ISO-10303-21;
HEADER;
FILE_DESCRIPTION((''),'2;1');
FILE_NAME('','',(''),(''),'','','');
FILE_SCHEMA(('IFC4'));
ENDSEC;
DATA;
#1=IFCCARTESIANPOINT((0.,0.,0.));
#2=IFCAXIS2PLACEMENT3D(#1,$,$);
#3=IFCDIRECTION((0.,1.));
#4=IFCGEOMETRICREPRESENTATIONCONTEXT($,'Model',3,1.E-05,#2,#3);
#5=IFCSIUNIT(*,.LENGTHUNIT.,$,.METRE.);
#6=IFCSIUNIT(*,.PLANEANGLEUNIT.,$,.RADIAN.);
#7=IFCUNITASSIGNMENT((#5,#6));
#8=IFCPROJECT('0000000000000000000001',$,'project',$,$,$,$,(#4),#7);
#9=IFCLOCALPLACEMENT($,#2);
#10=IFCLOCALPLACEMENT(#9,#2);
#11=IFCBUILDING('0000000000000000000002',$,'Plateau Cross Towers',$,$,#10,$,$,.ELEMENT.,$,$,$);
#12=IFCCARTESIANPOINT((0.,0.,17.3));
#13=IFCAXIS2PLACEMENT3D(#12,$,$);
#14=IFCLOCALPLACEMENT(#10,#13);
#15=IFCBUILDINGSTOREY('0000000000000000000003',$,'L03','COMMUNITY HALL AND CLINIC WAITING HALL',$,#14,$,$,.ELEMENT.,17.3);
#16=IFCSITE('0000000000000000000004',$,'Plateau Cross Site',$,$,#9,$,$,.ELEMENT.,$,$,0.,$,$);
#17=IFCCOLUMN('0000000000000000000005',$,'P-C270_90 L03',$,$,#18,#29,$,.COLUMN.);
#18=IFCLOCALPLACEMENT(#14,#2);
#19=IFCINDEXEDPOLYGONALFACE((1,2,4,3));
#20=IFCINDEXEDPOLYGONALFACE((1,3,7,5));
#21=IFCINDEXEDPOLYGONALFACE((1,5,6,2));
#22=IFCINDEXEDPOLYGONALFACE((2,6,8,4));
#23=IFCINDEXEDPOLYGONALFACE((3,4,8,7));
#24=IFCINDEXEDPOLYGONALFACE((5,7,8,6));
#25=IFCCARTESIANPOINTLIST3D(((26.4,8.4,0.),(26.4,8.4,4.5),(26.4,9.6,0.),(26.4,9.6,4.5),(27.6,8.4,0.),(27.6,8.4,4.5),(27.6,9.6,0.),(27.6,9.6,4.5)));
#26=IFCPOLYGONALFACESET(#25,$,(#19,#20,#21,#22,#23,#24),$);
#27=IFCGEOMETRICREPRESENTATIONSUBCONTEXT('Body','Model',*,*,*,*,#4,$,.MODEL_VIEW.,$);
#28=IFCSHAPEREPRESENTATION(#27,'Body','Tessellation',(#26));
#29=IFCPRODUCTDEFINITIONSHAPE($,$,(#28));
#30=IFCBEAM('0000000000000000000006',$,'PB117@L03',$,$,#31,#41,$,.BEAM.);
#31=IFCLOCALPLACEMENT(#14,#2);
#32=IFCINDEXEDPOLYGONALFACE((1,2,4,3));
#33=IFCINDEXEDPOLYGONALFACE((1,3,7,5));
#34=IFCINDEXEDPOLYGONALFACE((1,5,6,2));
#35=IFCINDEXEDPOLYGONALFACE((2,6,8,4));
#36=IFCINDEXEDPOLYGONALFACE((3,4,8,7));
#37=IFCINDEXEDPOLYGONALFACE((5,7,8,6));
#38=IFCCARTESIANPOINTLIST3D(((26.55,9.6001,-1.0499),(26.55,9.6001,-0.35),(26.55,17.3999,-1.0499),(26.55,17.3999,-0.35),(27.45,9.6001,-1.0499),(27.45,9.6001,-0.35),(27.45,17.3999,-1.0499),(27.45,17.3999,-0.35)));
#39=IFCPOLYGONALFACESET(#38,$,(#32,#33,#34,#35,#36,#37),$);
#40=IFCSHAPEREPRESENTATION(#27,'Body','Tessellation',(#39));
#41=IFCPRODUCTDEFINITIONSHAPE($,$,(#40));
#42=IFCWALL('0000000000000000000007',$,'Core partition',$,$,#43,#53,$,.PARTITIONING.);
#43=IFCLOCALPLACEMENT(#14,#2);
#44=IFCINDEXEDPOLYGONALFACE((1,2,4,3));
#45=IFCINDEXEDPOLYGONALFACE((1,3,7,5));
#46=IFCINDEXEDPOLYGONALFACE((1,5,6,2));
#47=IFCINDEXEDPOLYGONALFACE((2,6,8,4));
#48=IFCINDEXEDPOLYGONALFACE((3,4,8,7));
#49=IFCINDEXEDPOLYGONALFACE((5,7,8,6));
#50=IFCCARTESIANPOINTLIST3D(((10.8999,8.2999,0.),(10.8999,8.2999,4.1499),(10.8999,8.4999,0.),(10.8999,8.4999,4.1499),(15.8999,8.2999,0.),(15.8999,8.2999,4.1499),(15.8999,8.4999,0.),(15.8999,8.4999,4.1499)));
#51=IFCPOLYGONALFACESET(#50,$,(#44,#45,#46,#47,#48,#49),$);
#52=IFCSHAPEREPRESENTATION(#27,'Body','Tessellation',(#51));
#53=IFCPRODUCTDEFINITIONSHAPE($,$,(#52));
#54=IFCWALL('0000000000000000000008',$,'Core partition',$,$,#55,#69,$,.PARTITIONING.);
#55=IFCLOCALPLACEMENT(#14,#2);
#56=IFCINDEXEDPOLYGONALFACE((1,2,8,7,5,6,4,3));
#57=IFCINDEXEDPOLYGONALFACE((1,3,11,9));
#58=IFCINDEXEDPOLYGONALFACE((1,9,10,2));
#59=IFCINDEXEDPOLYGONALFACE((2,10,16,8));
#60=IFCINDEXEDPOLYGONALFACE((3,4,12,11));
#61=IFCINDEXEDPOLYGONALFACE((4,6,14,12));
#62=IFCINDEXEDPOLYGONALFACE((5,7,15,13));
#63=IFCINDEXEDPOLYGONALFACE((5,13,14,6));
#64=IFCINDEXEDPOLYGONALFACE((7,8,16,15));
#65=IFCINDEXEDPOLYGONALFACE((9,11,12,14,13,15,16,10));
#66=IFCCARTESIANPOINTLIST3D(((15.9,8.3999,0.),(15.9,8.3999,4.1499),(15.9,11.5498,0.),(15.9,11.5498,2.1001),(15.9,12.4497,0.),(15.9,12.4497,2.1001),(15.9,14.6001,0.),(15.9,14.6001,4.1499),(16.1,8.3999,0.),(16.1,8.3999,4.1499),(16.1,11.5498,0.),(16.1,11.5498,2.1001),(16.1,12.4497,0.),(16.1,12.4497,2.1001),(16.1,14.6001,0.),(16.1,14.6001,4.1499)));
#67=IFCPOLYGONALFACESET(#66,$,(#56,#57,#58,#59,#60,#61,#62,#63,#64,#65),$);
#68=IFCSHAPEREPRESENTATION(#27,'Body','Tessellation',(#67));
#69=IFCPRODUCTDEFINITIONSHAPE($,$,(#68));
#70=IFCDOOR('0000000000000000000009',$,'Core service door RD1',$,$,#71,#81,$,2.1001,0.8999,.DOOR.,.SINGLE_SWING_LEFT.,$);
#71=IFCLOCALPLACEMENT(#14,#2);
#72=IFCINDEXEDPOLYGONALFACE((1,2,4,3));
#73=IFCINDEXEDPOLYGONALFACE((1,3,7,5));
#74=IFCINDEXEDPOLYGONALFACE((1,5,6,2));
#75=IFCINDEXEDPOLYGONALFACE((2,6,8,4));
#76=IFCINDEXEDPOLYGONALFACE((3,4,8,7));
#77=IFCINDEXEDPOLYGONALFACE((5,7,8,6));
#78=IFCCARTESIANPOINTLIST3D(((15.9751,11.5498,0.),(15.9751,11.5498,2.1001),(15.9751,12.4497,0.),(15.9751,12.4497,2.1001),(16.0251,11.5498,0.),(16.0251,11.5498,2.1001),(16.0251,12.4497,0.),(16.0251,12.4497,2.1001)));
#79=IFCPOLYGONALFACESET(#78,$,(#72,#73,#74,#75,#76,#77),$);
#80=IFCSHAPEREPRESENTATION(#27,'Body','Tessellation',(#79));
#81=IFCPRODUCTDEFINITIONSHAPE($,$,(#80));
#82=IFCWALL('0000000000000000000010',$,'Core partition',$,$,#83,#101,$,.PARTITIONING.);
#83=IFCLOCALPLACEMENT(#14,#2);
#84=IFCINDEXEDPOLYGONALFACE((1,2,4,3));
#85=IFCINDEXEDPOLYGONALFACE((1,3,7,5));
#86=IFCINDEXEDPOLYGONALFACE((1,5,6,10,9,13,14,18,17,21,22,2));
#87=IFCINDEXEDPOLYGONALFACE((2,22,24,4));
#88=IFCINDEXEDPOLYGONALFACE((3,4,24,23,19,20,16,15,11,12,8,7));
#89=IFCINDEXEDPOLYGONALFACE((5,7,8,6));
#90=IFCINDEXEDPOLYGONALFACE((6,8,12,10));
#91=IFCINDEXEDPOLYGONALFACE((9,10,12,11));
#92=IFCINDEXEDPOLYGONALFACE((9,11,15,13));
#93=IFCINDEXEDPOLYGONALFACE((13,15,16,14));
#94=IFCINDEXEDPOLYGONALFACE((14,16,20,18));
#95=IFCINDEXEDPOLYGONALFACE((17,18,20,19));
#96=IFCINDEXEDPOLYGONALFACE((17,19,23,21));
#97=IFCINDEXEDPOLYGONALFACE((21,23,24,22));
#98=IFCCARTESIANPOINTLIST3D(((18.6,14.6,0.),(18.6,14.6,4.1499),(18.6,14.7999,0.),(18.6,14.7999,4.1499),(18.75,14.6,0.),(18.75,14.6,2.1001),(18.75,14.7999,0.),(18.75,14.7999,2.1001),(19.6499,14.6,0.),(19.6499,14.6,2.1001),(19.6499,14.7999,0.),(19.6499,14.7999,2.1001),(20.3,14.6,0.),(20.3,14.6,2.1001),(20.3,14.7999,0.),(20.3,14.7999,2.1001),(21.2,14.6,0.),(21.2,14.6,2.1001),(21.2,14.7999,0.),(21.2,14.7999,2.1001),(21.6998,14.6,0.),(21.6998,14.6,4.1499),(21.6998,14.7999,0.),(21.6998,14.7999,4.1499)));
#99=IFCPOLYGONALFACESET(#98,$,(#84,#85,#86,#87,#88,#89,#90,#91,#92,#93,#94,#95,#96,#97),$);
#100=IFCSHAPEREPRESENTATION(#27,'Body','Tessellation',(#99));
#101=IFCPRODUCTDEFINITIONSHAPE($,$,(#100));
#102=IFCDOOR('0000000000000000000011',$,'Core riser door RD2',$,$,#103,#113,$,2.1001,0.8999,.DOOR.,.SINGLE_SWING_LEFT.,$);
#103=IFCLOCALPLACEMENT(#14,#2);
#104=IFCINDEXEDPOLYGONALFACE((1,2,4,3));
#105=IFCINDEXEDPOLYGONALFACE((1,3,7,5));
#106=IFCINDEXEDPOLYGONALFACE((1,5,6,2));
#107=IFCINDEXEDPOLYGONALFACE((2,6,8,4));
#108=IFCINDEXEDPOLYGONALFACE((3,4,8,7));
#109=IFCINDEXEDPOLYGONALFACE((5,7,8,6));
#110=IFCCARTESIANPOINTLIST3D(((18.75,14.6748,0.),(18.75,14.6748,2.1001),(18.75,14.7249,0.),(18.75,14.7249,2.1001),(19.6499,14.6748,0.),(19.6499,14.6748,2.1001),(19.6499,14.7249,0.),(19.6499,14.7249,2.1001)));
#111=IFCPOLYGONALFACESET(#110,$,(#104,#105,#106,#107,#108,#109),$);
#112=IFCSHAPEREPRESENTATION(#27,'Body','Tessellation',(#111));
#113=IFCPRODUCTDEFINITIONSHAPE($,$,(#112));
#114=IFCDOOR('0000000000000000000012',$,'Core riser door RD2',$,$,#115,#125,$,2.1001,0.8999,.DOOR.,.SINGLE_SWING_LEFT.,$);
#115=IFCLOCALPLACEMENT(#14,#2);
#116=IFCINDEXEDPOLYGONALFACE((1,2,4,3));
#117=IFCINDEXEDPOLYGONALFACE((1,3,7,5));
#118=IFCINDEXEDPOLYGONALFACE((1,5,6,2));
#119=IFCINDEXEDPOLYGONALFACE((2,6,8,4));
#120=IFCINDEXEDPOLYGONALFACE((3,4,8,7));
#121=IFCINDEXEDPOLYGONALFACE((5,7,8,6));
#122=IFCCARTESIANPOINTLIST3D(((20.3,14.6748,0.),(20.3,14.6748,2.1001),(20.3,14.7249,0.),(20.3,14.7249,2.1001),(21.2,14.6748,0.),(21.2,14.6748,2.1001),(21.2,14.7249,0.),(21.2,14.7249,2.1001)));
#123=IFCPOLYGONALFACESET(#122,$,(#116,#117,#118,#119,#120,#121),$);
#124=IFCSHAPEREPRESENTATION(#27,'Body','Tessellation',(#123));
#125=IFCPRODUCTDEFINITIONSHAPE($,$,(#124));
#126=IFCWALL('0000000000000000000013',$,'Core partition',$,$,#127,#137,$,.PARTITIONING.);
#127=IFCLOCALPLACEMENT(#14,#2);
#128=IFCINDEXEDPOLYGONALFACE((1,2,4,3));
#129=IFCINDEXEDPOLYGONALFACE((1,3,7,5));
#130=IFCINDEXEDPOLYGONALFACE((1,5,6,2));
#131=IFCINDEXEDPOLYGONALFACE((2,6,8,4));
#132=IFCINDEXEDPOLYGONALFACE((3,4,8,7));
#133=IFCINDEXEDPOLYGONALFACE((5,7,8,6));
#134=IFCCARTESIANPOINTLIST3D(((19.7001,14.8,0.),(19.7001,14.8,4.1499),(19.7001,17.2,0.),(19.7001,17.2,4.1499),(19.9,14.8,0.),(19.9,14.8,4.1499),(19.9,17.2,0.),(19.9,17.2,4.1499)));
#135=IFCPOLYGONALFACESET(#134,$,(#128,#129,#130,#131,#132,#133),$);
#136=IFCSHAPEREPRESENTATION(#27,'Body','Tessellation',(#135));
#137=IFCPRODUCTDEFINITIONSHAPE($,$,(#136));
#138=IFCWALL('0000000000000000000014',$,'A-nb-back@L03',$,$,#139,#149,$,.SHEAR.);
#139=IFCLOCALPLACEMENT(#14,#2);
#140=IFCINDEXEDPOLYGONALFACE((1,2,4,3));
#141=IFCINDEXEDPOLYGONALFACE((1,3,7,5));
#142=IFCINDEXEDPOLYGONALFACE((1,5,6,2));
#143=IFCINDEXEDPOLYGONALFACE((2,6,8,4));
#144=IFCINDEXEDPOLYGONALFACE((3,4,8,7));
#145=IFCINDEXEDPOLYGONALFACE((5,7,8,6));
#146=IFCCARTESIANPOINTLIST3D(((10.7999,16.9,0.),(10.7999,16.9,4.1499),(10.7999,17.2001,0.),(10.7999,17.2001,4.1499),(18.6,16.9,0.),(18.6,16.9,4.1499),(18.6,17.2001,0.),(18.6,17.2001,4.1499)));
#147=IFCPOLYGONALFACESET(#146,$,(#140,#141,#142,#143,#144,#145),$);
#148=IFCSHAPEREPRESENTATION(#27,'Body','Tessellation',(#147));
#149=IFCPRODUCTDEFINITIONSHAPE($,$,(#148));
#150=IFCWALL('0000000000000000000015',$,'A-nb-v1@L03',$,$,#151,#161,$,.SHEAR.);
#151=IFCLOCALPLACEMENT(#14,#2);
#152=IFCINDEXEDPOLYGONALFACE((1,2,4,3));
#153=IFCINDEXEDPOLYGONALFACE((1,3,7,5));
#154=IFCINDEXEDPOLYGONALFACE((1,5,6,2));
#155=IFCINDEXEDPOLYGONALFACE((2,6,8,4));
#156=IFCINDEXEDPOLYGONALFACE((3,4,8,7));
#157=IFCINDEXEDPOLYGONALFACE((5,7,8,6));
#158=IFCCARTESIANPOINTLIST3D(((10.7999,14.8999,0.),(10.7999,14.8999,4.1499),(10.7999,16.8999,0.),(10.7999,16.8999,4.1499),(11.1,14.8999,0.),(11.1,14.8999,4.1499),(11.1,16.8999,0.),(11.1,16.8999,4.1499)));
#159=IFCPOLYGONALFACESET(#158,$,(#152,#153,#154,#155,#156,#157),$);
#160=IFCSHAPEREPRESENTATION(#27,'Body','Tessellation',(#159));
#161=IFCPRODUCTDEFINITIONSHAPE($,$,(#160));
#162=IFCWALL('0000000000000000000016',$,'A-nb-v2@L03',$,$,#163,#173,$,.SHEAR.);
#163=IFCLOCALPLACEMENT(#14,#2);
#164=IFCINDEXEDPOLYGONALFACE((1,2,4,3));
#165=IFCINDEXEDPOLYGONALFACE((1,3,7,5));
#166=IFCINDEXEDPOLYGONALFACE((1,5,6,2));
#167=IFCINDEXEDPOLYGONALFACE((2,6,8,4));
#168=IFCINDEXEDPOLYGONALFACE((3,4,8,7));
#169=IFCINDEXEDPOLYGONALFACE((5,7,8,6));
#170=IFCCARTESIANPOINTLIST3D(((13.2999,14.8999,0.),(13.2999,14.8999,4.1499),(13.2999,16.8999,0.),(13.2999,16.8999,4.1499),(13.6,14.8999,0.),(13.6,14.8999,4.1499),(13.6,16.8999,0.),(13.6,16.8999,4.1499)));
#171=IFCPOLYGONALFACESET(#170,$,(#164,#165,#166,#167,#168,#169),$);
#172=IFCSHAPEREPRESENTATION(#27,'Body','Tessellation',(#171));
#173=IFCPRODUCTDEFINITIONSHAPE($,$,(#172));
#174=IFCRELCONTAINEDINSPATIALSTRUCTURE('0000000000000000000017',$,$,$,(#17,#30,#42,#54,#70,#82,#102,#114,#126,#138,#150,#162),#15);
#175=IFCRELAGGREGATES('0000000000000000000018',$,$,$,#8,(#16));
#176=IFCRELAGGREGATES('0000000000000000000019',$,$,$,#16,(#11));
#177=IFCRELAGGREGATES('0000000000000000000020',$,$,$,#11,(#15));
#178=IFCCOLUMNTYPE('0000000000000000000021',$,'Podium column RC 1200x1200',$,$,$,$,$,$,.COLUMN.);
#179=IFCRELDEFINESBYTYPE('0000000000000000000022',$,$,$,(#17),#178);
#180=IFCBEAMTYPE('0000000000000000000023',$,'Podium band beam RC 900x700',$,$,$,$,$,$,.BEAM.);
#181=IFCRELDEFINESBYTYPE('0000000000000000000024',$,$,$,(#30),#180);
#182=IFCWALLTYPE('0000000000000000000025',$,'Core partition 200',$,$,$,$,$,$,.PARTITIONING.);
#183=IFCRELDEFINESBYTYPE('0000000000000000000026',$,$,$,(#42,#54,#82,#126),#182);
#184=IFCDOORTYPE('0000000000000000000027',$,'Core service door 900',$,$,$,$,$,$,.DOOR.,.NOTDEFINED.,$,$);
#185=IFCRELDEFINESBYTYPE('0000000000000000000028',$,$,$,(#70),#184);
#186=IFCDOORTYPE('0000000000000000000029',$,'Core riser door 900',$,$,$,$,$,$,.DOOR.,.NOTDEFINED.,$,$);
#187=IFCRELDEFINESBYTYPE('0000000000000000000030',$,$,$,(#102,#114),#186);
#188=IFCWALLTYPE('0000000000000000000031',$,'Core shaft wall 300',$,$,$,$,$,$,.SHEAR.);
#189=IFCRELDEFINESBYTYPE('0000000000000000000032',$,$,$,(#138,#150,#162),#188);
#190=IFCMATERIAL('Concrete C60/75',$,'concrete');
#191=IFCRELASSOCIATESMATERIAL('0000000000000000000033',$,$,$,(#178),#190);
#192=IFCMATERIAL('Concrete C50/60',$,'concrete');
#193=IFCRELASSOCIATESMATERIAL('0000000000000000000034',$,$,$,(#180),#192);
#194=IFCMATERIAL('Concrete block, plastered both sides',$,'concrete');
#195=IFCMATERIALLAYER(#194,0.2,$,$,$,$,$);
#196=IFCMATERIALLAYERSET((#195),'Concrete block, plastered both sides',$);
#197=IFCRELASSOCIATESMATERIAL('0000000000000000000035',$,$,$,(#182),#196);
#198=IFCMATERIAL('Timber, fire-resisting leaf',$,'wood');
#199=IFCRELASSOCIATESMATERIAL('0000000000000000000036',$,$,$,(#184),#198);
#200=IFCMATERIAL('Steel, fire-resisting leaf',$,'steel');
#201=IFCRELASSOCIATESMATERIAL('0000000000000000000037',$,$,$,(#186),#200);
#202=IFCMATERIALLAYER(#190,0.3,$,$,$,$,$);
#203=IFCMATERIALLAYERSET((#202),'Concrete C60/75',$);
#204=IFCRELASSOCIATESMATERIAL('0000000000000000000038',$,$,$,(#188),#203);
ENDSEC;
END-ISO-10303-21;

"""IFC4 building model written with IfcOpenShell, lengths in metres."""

from ifc_helpers import new_model, si_unit, direction, frame, frame_2d, origin, origin_2d, place, context, subcontext, project, spatial, rectangle, extrude, material, layer, layer_set, material_profile, profile_set, type_object, element, fill, save


model = new_model("IFC4")

# Units and contexts
model_context = context("Model", 3, precision=1e-05, world=origin(), true_north=direction((0.0, 1.0)))
body_context = subcontext(model_context, "Body", "Model", "MODEL_VIEW")
ifc_project = project(units=[si_unit("LENGTHUNIT", "METRE"), si_unit("PLANEANGLEUNIT", "RADIAN")], contexts=[model_context])

# Site, building, storey
site_placement = place(None, origin())
site = spatial("IfcSite", under=ifc_project, at=site_placement, Name="Plateau Cross Site", CompositionType="ELEMENT", RefElevation=0.0)
building_placement = place(site_placement, origin())
building = spatial("IfcBuilding", under=site, at=building_placement, Name="Plateau Cross Towers", CompositionType="ELEMENT")
storey_placement = place(building_placement, frame((0.0, 0.0, 17.3)))
storey = spatial("IfcBuildingStorey", under=building, at=storey_placement, Name="L03", Description="COMMUNITY HALL AND CLINIC WAITING HALL", CompositionType="ELEMENT", Elevation=17.3)

# Column
ifc_material_1 = material(Name="Concrete C60/75", Category="concrete")
ifc_material_profile_1 = material_profile(ifc_material_1, rectangle(XDim=1.2, YDim=1.2, at=origin_2d()), Name="RC 1200x1200")
ifc_profile_set_1 = profile_set([ifc_material_profile_1], Name="Concrete C60/75")
column_type = type_object("IfcColumnType", Name="Podium column RC 1200x1200", PredefinedType="COLUMN", material=ifc_profile_set_1)
column_placement = place(storey_placement, frame((27.0, 9.0, 0.0), z_axis=(0.0, 0.0, 1.0), x_axis=(1.0, 0.0, 0.0)))
element("IfcColumn", 1, at=column_placement, inside=storey, type_object=column_type, Name="P-C270_90 L03", PredefinedType="COLUMN", context=body_context, shape_type="SweptSolid", body=[
    extrude(rectangle(XDim=1.2, YDim=1.2, at=origin_2d()), origin(), (0.0, 0.0, 1.0), 4.5),
])

# Beam
ifc_material_2 = material(Name="Concrete C50/60", Category="concrete")
ifc_material_profile_2 = material_profile(ifc_material_2, rectangle(XDim=0.8999, YDim=0.7, at=origin_2d()), Name="RC 900x700")
ifc_profile_set_2 = profile_set([ifc_material_profile_2], Name="Concrete C50/60")
beam_type = type_object("IfcBeamType", Name="Podium band beam RC 900x700", PredefinedType="BEAM", material=ifc_profile_set_2)
beam_placement = place(storey_placement, frame((27.0, 9.6001, -0.7), z_axis=(0.0, 1.0, 0.0), x_axis=(-1.0, 0.0, 0.0)))
element("IfcBeam", 2, at=beam_placement, inside=storey, type_object=beam_type, Name="PB117@L03", PredefinedType="BEAM", context=body_context, shape_type="SweptSolid", body=[
    extrude(rectangle(XDim=0.8999, YDim=0.7, at=origin_2d()), origin(), (0.0, 0.0, 1.0), 7.7998),
])

# Wall
ifc_material_3 = material(Name="Concrete block, plastered both sides", Category="concrete")
ifc_layer_1 = layer(ifc_material_3, 0.2)
ifc_layer_set_1 = layer_set([ifc_layer_1], Name="Concrete block, plastered both sides")
wall_type_1 = type_object("IfcWallType", Name="Core partition 200", PredefinedType="PARTITIONING", material=ifc_layer_set_1)
wall_1_placement = place(storey_placement, frame((10.8999, 8.3999, 0.0), z_axis=(0.0, 0.0, 1.0), x_axis=(1.0, 0.0, 0.0)))
element("IfcWall", 3, at=wall_1_placement, inside=storey, type_object=wall_type_1, Name="Core partition", PredefinedType="PARTITIONING", context=body_context, shape_type="SweptSolid", body=[
    extrude(rectangle(XDim=5.0, YDim=0.2, at=frame_2d((2.5, 0.0))), origin(), (0.0, 0.0, 1.0), 4.1499),
])

# Wall, opening, door
wall_2_placement = place(storey_placement, frame((16.0, 8.3999, 0.0), z_axis=(0.0, 0.0, 1.0), x_axis=(0.0, 1.0, 0.0)))
wall_2 = element("IfcWall", 4, at=wall_2_placement, inside=storey, type_object=wall_type_1, Name="Core partition", PredefinedType="PARTITIONING", context=body_context, shape_type="SweptSolid", body=[
    extrude(rectangle(XDim=6.2002, YDim=0.2, at=frame_2d((3.1001, 0.0))), origin(), (0.0, 0.0, 1.0), 4.1499),
])
opening_1_placement = place(wall_2_placement, frame((3.1499, 0.0, 0.0)))
opening_1 = element("IfcOpeningElement", 5, at=opening_1_placement, cuts=wall_2, PredefinedType="OPENING", context=body_context, shape_type="SweptSolid", body=[
    extrude(rectangle(XDim=0.8999, YDim=2.1001, at=frame_2d((0.45, 1.05))), frame((0.0, 0.1099, 0.0), z_axis=(0.0, -1.0, 0.0), x_axis=(1.0, 0.0, 0.0)), (0.0, 0.0, 1.0), 0.22),
])
ifc_material_4 = material(Name="Timber, fire-resisting leaf", Category="wood")
door_type_1 = type_object("IfcDoorType", Name="Core service door 900", OperationType="NOTDEFINED", PredefinedType="DOOR", material=ifc_material_4)
door_1_placement = place(opening_1_placement, origin())
door_1 = element("IfcDoor", 6, at=door_1_placement, inside=storey, type_object=door_type_1, Name="Core service door RD1", OperationType="SINGLE_SWING_LEFT", OverallHeight=2.1001, OverallWidth=0.8999, PredefinedType="DOOR", context=body_context, shape_type="SweptSolid", body=[
    extrude(rectangle(XDim=0.8999, YDim=2.1001, at=frame_2d((0.45, 1.05))), frame((0.0, 0.0249, 0.0), z_axis=(0.0, -1.0, 0.0), x_axis=(1.0, 0.0, 0.0)), (0.0, 0.0, 1.0), 0.05),
])
fill(opening_1, door_1)

# Wall, openings, doors
wall_3_placement = place(storey_placement, frame((18.6001, 14.7, 0.0), z_axis=(0.0, 0.0, 1.0), x_axis=(1.0, 0.0, 0.0)))
wall_3 = element("IfcWall", 7, at=wall_3_placement, inside=storey, type_object=wall_type_1, Name="Core partition", PredefinedType="PARTITIONING", context=body_context, shape_type="SweptSolid", body=[
    extrude(rectangle(XDim=3.0999, YDim=0.2, at=frame_2d((1.5498, 0.0))), origin(), (0.0, 0.0, 1.0), 4.1499),
])
opening_2_placement = place(wall_3_placement, frame((0.1499, 0.0, 0.0)))
opening_2 = element("IfcOpeningElement", 8, at=opening_2_placement, cuts=wall_3, PredefinedType="OPENING", context=body_context, shape_type="SweptSolid", body=[
    extrude(rectangle(XDim=0.8999, YDim=2.1001, at=frame_2d((0.45, 1.05))), frame((0.0, 0.1099, 0.0), z_axis=(0.0, -1.0, 0.0), x_axis=(1.0, 0.0, 0.0)), (0.0, 0.0, 1.0), 0.22),
])
opening_3_placement = place(wall_3_placement, frame((1.7, 0.0, 0.0)))
opening_3 = element("IfcOpeningElement", 9, at=opening_3_placement, cuts=wall_3, PredefinedType="OPENING", context=body_context, shape_type="SweptSolid", body=[
    extrude(rectangle(XDim=0.8999, YDim=2.1001, at=frame_2d((0.45, 1.05))), frame((0.0, 0.1099, 0.0), z_axis=(0.0, -1.0, 0.0), x_axis=(1.0, 0.0, 0.0)), (0.0, 0.0, 1.0), 0.22),
])
ifc_material_5 = material(Name="Steel, fire-resisting leaf", Category="steel")
door_type_2 = type_object("IfcDoorType", Name="Core riser door 900", OperationType="NOTDEFINED", PredefinedType="DOOR", material=ifc_material_5)
door_2_placement = place(opening_2_placement, origin())
door_2 = element("IfcDoor", 10, at=door_2_placement, inside=storey, type_object=door_type_2, Name="Core riser door RD2", OperationType="SINGLE_SWING_LEFT", OverallHeight=2.1001, OverallWidth=0.8999, PredefinedType="DOOR", context=body_context, shape_type="SweptSolid", body=[
    extrude(rectangle(XDim=0.8999, YDim=2.1001, at=frame_2d((0.45, 1.05))), frame((0.0, 0.0249, 0.0), z_axis=(0.0, -1.0, 0.0), x_axis=(1.0, 0.0, 0.0)), (0.0, 0.0, 1.0), 0.05),
])
fill(opening_2, door_2)
door_3_placement = place(opening_3_placement, origin())
door_3 = element("IfcDoor", 11, at=door_3_placement, inside=storey, type_object=door_type_2, Name="Core riser door RD2", OperationType="SINGLE_SWING_LEFT", OverallHeight=2.1001, OverallWidth=0.8999, PredefinedType="DOOR", context=body_context, shape_type="SweptSolid", body=[
    extrude(rectangle(XDim=0.8999, YDim=2.1001, at=frame_2d((0.45, 1.05))), frame((0.0, 0.0249, 0.0), z_axis=(0.0, -1.0, 0.0), x_axis=(1.0, 0.0, 0.0)), (0.0, 0.0, 1.0), 0.05),
])
fill(opening_3, door_3)

# Walls
wall_4_placement = place(storey_placement, frame((19.8, 14.8, 0.0), z_axis=(0.0, 0.0, 1.0), x_axis=(0.0, 1.0, 0.0)))
element("IfcWall", 12, at=wall_4_placement, inside=storey, type_object=wall_type_1, Name="Core partition", PredefinedType="PARTITIONING", context=body_context, shape_type="SweptSolid", body=[
    extrude(rectangle(XDim=2.3999, YDim=0.2, at=frame_2d((1.2, 0.0))), origin(), (0.0, 0.0, 1.0), 4.1499),
])
ifc_layer_2 = layer(ifc_material_1, 0.3)
ifc_layer_set_2 = layer_set([ifc_layer_2], Name="Concrete C60/75")
wall_type_2 = type_object("IfcWallType", Name="Core shaft wall 300", PredefinedType="SHEAR", material=ifc_layer_set_2)
wall_5_placement = place(storey_placement, frame((10.8, 17.05, 0.0), z_axis=(0.0, 0.0, 1.0), x_axis=(1.0, 0.0, 0.0)))
element("IfcWall", 13, at=wall_5_placement, inside=storey, type_object=wall_type_2, Name="A-nb-back@L03", PredefinedType="SHEAR", context=body_context, shape_type="SweptSolid", body=[
    extrude(rectangle(XDim=7.8, YDim=0.3, at=frame_2d((3.8999, 0.0))), origin(), (0.0, 0.0, 1.0), 4.1499),
])
for number, where, z_axis, x_axis, name in (
    (14, (10.95, 14.8999, 0.0), (0.0, 0.0, 1.0), (0.0, 1.0, 0.0), "A-nb-v1@L03"),
    (15, (13.45, 14.8999, 0.0), (0.0, 0.0, 1.0), (0.0, 1.0, 0.0), "A-nb-v2@L03"),
):
    element("IfcWall", number, at=place(storey_placement, frame(where, z_axis=z_axis, x_axis=x_axis)), inside=storey, type_object=wall_type_2, Name=name, PredefinedType="SHEAR", context=body_context, shape_type="SweptSolid", body=[
        extrude(rectangle(XDim=2.0, YDim=0.3, at=frame_2d((1.0, 0.0))), origin(), (0.0, 0.0, 1.0), 4.1499),
    ])

save(model, "model.ifc")
